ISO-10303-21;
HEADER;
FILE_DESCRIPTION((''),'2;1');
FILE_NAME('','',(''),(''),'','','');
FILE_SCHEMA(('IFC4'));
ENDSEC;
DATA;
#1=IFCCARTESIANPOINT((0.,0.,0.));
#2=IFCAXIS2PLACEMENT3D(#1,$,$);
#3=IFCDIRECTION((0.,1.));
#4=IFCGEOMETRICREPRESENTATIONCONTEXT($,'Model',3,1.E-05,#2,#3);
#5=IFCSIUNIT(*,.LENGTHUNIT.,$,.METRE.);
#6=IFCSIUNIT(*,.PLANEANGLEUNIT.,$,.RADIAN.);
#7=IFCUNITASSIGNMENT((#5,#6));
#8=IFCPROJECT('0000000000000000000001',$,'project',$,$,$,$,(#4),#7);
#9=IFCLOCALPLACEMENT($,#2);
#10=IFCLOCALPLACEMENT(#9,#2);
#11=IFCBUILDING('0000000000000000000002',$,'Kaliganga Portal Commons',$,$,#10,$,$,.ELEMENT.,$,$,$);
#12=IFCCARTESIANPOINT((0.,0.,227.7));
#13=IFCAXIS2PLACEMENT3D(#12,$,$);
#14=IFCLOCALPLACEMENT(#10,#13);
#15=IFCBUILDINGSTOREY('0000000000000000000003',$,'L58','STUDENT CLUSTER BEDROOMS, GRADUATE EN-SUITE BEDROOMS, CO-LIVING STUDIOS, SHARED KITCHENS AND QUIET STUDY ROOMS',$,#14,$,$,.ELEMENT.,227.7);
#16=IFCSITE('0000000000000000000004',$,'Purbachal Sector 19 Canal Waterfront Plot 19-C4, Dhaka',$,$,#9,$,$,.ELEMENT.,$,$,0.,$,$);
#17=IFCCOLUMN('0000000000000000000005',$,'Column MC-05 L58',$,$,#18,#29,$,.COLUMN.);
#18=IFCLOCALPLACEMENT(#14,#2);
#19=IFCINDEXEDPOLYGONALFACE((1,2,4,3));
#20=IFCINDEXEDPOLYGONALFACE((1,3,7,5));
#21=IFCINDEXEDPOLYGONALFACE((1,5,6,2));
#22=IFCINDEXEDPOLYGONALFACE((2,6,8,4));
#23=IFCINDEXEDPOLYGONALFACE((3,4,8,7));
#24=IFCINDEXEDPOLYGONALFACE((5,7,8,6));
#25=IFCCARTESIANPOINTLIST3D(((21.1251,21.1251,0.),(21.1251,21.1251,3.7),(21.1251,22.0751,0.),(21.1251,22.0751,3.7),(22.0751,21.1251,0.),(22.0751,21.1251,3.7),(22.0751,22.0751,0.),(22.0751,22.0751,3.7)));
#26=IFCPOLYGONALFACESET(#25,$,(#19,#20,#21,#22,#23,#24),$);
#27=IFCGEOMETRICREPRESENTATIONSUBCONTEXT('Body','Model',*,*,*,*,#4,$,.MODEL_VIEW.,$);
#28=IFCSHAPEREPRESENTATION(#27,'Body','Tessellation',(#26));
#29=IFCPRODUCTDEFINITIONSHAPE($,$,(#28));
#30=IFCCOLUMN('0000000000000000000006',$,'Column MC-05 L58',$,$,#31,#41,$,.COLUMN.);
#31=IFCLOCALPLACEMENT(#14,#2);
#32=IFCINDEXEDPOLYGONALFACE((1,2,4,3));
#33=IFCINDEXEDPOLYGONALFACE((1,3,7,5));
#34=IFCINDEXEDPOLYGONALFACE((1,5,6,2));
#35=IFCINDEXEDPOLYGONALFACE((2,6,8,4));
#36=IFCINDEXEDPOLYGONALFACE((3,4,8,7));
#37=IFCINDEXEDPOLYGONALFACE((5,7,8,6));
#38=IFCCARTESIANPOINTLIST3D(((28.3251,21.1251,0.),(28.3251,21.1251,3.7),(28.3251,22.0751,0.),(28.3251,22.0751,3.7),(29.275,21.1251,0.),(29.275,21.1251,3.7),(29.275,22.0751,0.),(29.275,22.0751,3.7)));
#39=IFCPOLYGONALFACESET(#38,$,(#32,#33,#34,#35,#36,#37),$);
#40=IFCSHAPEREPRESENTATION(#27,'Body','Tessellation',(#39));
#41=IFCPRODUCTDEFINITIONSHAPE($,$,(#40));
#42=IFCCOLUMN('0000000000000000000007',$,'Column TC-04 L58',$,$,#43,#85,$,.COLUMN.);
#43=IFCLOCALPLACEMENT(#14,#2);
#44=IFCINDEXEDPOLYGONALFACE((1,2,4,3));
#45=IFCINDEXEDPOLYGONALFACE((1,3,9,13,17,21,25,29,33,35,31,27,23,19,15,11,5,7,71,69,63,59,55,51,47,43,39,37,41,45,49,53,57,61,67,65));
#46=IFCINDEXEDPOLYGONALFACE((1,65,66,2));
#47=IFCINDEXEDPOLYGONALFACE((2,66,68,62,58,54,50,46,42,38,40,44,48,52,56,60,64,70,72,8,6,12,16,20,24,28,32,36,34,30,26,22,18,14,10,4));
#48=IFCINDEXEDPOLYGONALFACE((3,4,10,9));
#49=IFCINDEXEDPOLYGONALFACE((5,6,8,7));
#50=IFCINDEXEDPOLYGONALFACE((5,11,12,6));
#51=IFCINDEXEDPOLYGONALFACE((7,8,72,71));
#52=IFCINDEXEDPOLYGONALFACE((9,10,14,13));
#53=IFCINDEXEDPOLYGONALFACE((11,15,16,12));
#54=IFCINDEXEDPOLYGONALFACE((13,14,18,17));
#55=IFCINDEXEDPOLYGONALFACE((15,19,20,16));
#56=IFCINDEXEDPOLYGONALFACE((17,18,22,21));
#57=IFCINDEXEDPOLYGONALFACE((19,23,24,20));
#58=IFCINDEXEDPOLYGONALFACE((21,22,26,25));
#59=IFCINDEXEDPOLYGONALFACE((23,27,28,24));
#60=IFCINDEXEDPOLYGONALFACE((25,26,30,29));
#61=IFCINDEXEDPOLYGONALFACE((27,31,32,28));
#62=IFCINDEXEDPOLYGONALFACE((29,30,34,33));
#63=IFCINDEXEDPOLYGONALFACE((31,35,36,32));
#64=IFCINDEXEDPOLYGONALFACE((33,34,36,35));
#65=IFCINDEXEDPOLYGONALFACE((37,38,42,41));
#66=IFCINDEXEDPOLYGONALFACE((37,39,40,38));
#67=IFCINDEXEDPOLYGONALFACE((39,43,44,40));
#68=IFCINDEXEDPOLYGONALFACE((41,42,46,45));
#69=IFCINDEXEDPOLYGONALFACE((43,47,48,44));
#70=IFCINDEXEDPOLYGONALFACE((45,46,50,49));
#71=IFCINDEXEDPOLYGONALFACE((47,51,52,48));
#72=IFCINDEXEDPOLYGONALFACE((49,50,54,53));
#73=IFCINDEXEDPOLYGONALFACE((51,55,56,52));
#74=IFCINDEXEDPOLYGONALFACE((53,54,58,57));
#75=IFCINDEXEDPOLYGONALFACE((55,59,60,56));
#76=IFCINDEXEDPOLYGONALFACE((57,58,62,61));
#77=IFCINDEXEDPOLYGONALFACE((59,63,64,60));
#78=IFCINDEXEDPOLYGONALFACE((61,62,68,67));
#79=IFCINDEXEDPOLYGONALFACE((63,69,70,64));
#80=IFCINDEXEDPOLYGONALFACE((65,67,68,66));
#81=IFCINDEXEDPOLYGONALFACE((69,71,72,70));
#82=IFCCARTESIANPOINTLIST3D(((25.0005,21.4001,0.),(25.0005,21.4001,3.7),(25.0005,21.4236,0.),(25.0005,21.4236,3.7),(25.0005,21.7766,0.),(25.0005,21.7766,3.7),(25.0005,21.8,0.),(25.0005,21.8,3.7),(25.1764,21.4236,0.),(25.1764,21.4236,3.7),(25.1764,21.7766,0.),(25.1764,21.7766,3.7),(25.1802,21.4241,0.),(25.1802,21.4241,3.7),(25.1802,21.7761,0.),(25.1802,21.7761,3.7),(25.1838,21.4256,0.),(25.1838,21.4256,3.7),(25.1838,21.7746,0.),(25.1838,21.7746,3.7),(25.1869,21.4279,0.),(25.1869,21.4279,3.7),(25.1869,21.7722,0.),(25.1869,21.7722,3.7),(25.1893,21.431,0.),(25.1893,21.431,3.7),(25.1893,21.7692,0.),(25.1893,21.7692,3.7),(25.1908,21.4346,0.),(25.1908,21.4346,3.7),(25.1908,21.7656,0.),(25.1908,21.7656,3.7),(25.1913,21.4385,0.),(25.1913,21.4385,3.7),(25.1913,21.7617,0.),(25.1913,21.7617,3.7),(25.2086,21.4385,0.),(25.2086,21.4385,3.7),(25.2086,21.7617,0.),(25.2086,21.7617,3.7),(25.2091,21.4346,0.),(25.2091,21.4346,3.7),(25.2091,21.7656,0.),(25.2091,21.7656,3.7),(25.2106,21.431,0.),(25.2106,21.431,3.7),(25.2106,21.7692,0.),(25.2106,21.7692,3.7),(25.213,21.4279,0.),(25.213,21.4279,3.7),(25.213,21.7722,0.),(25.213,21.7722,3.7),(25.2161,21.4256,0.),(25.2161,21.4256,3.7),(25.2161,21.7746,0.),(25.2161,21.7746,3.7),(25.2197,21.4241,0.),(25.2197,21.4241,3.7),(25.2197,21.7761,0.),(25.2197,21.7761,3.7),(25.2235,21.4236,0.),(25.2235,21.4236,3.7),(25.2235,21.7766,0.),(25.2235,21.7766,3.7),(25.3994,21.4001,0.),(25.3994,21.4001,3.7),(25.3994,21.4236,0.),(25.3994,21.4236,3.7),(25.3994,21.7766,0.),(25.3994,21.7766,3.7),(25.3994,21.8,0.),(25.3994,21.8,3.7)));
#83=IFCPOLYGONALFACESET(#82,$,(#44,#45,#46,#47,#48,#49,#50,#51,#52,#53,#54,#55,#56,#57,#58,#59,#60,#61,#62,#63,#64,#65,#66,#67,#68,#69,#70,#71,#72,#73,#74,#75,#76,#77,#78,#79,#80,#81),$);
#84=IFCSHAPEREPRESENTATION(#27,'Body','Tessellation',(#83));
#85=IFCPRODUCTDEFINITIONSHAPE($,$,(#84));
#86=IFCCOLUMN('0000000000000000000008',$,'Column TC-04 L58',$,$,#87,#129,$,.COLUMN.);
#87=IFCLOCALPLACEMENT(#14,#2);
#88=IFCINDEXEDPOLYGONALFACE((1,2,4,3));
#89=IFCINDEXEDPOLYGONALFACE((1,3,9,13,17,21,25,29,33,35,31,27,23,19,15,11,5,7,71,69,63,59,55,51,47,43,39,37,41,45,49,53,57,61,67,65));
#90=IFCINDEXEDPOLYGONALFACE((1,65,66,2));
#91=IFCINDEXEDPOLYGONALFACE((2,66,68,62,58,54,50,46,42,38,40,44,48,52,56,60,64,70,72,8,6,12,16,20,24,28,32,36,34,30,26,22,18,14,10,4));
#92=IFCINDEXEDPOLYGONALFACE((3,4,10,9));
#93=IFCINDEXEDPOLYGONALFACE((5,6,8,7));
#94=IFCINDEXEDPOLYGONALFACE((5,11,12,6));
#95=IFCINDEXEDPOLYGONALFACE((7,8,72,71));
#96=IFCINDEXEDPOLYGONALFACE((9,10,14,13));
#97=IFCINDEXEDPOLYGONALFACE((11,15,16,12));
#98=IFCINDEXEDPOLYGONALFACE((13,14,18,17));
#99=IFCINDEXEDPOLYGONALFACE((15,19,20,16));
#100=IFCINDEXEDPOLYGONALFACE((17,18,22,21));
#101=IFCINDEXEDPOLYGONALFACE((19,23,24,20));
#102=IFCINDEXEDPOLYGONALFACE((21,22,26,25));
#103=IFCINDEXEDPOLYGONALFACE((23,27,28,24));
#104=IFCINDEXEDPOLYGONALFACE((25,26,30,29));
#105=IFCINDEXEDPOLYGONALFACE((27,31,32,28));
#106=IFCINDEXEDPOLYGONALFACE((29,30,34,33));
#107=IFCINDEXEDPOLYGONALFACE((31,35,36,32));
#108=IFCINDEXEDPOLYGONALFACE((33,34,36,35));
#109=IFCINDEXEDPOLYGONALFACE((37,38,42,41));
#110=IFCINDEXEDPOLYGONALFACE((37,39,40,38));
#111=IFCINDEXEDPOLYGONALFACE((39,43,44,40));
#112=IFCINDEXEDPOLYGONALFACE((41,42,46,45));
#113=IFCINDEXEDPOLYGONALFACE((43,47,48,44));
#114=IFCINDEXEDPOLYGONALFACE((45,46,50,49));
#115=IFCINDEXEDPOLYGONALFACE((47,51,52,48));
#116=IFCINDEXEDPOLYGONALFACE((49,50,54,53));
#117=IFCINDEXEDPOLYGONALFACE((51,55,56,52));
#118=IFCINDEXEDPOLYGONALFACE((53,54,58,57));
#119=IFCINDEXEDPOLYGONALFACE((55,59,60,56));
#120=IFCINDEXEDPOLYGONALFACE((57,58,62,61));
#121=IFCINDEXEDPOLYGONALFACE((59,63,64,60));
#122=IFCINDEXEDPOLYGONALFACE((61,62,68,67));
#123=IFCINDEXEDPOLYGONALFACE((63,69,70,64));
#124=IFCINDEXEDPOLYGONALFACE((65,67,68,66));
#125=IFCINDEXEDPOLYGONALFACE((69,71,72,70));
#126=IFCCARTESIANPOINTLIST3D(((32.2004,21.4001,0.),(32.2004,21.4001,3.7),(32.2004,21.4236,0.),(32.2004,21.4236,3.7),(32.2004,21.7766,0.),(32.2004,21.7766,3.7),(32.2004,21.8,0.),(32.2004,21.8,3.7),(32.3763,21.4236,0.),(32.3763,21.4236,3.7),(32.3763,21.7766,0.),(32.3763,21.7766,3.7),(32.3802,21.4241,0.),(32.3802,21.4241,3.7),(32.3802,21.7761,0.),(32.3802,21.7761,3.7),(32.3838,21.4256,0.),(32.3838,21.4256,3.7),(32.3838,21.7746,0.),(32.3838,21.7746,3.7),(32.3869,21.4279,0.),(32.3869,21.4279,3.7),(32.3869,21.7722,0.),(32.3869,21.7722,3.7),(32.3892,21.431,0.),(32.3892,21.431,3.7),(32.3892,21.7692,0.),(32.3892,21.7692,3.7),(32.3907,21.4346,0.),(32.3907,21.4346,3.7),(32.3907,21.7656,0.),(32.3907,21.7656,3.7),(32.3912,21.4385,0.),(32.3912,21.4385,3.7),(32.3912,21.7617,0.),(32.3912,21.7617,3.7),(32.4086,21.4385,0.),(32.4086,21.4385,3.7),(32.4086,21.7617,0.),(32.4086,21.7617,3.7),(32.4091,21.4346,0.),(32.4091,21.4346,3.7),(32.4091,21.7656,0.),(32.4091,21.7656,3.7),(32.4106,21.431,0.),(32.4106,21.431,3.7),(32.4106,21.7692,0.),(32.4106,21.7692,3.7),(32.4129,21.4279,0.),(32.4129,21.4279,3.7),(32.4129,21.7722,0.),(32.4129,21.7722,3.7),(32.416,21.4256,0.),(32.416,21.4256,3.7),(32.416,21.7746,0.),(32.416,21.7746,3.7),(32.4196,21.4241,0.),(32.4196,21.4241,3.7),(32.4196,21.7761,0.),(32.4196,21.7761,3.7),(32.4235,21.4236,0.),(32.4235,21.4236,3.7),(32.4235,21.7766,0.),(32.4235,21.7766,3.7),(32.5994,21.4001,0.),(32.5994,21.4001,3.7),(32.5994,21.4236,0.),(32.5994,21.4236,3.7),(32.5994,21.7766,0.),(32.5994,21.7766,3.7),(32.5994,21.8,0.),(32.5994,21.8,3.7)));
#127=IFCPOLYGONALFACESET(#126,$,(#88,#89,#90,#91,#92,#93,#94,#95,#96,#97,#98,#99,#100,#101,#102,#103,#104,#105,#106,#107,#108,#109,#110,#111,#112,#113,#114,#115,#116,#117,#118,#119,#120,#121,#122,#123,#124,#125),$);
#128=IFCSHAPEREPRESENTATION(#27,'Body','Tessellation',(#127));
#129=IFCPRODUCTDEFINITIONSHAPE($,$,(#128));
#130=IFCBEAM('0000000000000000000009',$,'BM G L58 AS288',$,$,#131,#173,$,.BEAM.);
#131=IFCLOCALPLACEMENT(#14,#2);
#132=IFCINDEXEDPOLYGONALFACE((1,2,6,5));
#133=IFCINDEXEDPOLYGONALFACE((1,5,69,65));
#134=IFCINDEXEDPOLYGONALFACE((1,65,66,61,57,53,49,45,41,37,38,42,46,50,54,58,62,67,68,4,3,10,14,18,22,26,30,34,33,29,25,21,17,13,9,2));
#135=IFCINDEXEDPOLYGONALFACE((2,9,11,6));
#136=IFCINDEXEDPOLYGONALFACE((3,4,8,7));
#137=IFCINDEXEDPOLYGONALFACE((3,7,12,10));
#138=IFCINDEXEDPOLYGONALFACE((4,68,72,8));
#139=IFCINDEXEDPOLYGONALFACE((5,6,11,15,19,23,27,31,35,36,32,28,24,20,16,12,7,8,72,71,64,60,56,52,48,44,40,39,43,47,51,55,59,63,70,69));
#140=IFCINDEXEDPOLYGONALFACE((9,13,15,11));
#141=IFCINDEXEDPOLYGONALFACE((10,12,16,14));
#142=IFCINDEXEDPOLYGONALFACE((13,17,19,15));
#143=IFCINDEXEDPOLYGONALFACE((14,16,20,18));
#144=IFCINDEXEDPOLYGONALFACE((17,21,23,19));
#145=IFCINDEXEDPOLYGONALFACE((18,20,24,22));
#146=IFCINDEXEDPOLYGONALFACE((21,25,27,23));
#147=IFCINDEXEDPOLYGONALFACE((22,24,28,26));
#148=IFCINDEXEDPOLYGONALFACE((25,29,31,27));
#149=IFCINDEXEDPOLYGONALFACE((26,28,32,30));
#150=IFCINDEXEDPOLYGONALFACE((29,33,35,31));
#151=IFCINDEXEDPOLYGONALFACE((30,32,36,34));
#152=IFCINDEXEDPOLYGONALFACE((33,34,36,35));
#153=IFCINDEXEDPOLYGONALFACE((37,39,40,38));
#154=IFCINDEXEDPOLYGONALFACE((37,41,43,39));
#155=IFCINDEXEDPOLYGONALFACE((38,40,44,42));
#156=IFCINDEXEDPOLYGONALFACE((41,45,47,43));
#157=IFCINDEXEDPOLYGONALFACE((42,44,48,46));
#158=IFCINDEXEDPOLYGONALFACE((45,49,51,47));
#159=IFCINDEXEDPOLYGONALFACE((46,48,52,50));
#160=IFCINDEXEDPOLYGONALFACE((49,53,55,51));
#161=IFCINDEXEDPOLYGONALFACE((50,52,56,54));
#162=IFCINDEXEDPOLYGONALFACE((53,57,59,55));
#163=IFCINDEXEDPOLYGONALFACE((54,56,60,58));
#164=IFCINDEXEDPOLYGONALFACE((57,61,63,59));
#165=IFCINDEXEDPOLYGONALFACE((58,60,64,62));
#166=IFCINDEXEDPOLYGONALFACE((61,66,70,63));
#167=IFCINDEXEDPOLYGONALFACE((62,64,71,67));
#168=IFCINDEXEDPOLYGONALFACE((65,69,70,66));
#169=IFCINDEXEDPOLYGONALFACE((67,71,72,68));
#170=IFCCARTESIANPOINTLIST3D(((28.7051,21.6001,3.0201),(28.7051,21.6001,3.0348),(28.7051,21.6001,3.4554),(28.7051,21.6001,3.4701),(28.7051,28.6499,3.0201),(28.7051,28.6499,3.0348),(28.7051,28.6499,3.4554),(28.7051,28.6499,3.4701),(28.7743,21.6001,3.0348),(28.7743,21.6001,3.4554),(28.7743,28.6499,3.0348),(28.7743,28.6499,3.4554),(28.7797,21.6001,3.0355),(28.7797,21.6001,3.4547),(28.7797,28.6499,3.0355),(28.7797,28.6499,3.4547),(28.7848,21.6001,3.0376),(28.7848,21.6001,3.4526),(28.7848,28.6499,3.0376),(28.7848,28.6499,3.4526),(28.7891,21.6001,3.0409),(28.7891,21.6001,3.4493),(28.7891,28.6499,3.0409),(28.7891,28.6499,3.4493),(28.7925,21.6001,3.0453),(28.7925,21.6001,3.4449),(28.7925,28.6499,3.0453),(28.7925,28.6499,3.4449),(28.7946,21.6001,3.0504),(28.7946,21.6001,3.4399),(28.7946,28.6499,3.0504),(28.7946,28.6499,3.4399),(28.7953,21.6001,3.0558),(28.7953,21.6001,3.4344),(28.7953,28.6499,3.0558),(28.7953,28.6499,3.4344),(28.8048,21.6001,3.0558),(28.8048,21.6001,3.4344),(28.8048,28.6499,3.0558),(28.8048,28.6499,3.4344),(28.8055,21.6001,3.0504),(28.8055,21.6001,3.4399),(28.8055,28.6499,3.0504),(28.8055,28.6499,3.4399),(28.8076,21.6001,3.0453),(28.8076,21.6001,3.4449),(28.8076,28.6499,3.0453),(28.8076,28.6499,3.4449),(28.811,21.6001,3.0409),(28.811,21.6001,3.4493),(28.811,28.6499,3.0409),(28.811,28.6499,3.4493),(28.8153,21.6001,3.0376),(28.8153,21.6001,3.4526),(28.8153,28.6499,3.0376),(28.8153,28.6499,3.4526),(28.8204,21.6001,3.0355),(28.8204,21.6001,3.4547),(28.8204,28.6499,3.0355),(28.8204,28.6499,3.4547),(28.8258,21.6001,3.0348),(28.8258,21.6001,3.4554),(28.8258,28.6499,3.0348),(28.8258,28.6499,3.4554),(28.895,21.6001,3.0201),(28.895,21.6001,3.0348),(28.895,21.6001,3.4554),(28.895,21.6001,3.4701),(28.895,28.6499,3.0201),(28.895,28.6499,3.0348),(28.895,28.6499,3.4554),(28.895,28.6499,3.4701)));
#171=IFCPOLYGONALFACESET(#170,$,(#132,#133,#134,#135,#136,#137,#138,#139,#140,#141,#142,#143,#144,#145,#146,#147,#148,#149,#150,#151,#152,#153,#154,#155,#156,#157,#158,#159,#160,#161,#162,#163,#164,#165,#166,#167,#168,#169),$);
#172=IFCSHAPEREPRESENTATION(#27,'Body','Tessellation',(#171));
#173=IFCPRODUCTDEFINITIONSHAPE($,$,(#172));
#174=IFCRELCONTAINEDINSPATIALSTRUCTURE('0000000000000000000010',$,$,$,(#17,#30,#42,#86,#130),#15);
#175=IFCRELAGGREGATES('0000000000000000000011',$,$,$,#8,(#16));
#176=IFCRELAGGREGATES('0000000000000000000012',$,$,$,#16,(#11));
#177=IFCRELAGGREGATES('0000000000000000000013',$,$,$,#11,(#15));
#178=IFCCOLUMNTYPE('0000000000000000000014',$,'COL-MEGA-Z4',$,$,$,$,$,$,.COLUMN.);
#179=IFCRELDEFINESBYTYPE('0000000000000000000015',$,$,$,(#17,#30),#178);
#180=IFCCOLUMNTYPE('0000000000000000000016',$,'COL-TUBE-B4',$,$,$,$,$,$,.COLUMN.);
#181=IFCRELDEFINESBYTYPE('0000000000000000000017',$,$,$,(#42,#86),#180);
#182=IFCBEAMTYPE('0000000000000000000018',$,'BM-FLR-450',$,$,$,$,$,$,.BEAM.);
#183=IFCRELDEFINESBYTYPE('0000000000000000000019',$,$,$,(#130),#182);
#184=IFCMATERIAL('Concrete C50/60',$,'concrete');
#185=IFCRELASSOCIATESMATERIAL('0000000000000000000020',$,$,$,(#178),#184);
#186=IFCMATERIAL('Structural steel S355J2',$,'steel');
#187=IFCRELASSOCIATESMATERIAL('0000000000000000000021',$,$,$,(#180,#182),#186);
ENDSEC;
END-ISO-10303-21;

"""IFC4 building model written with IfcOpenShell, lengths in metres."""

from ifc_helpers import new_model, si_unit, direction, frame, origin, origin_2d, place, context, subcontext, project, spatial, rectangle, i_section, extrude, source, transform, mapped, material, material_profile, profile_set, type_object, element, save


model = new_model("IFC4")

# Units and contexts
model_context = context("Model", 3, precision=1e-05, world=origin(), true_north=direction((0.0, 1.0)))
body_context = subcontext(model_context, "Body", "Model", "MODEL_VIEW")
ifc_project = project(units=[si_unit("LENGTHUNIT", "METRE"), si_unit("PLANEANGLEUNIT", "RADIAN")], contexts=[model_context])

# Site, building, storey
site_placement = place(None, origin())
site = spatial("IfcSite", under=ifc_project, at=site_placement, Name="Purbachal Sector 19 Canal Waterfront Plot 19-C4, Dhaka", CompositionType="ELEMENT", RefElevation=0.0)
building_placement = place(site_placement, origin())
building = spatial("IfcBuilding", under=site, at=building_placement, Name="Kaliganga Portal Commons", CompositionType="ELEMENT")
storey_placement = place(building_placement, frame((0.0, 0.0, 227.7)))
storey = spatial("IfcBuildingStorey", under=building, at=storey_placement, Name="L58", Description="STUDENT CLUSTER BEDROOMS, GRADUATE EN-SUITE BEDROOMS, CO-LIVING STUDIOS, SHARED KITCHENS AND QUIET STUDY ROOMS", CompositionType="ELEMENT", Elevation=227.7)

# Columns
ifc_material_1 = material(Name="Concrete C50/60", Category="concrete")
ifc_material_profile_1 = material_profile(ifc_material_1, rectangle(XDim=0.95, YDim=0.95, at=origin_2d()), Name="RC 950x950")
ifc_profile_set_1 = profile_set([ifc_material_profile_1], Name="Concrete C50/60")
column_type_1 = type_object("IfcColumnType", Name="COL-MEGA-Z4", PredefinedType="COLUMN", material=ifc_profile_set_1)
shared_shape_1 = source(origin(), body_context, "Body", "SweptSolid", [
    extrude(rectangle(XDim=0.95, YDim=0.95, at=origin_2d()), origin(), (0.0, 0.0, 1.0), 3.7),
])
for number, where, z_axis, x_axis, name in (
    (1, (21.6001, 21.6001, 0.0), (0.0, 0.0, 1.0), (1.0, 0.0, 0.0), "Column MC-05 L58"),
    (2, (28.8, 21.6001, 0.0), (0.0, 0.0, 1.0), (1.0, 0.0, 0.0), "Column MC-05 L58"),
):
    element("IfcColumn", number, at=place(storey_placement, frame(where, z_axis=z_axis, x_axis=x_axis)), inside=storey, type_object=column_type_1, Name=name, PredefinedType="COLUMN", context=body_context, shape_type="MappedRepresentation", body=[
        mapped(shared_shape_1, transform((0.0, 0.0, 0.0), x_axis=(1.0, 0.0, 0.0), y_axis=(0.0, 1.0, 0.0), z_axis=(0.0, 0.0, 1.0), scale=1.0)),
    ])
ifc_material_2 = material(Name="Structural steel S355J2", Category="steel")
ifc_material_profile_2 = material_profile(ifc_material_2, i_section(OverallWidth=0.3989, OverallDepth=0.3999, WebThickness=0.0173, FlangeThickness=0.0234, FilletRadius=0.0149, at=origin_2d()), Name="HD 400x287")
ifc_profile_set_2 = profile_set([ifc_material_profile_2], Name="Structural steel S355J2 wide-flange")
column_type_2 = type_object("IfcColumnType", Name="COL-TUBE-B4", PredefinedType="COLUMN", material=ifc_profile_set_2)
shared_shape_2 = source(origin(), body_context, "Body", "SweptSolid", [
    extrude(i_section(OverallWidth=0.3989, OverallDepth=0.3999, WebThickness=0.0173, FlangeThickness=0.0234, FilletRadius=0.0149, at=origin_2d()), origin(), (0.0, 0.0, 1.0), 3.7),
])
for number, where, z_axis, x_axis, name in (
    (3, (25.2, 21.6001, 0.0), (0.0, 0.0, 1.0), (1.0, 0.0, 0.0), "Column TC-04 L58"),
    (4, (32.3999, 21.6001, 0.0), (0.0, 0.0, 1.0), (1.0, 0.0, 0.0), "Column TC-04 L58"),
):
    element("IfcColumn", number, at=place(storey_placement, frame(where, z_axis=z_axis, x_axis=x_axis)), inside=storey, type_object=column_type_2, Name=name, PredefinedType="COLUMN", context=body_context, shape_type="MappedRepresentation", body=[
        mapped(shared_shape_2, transform((0.0, 0.0, 0.0), x_axis=(1.0, 0.0, 0.0), y_axis=(0.0, 1.0, 0.0), z_axis=(0.0, 0.0, 1.0), scale=1.0)),
    ])

# Beam
ifc_material_profile_3 = material_profile(ifc_material_2, i_section(OverallWidth=0.1899, OverallDepth=0.45, WebThickness=0.0095, FlangeThickness=0.0146, FilletRadius=0.021, at=origin_2d()), Name="IPE 450")
ifc_profile_set_3 = profile_set([ifc_material_profile_3], Name="Structural steel S355J2 wide-flange")
beam_type_1 = type_object("IfcBeamType", Name="BM-FLR-450", PredefinedType="BEAM", material=ifc_profile_set_3)
shared_shape_3 = source(origin(), body_context, "Body", "SweptSolid", [
    extrude(i_section(OverallWidth=0.1899, OverallDepth=0.45, WebThickness=0.0095, FlangeThickness=0.0146, FilletRadius=0.021, at=origin_2d()), origin(), (0.0, 0.0, 1.0), 7.0498),
])
beam_1_placement = place(storey_placement, frame((28.8, 21.6001, 3.2451), z_axis=(0.0, 1.0, 0.0), x_axis=(-1.0, 0.0, 0.0)))
element("IfcBeam", 5, at=beam_1_placement, inside=storey, type_object=beam_type_1, Name="BM G L58 AS288", PredefinedType="BEAM", context=body_context, shape_type="MappedRepresentation", body=[
    mapped(shared_shape_3, transform((0.0, 0.0, 0.0), x_axis=(1.0, 0.0, 0.0), y_axis=(0.0, 1.0, 0.0), z_axis=(0.0, 0.0, 1.0), scale=1.0)),
])

save(model, "model.ifc")
